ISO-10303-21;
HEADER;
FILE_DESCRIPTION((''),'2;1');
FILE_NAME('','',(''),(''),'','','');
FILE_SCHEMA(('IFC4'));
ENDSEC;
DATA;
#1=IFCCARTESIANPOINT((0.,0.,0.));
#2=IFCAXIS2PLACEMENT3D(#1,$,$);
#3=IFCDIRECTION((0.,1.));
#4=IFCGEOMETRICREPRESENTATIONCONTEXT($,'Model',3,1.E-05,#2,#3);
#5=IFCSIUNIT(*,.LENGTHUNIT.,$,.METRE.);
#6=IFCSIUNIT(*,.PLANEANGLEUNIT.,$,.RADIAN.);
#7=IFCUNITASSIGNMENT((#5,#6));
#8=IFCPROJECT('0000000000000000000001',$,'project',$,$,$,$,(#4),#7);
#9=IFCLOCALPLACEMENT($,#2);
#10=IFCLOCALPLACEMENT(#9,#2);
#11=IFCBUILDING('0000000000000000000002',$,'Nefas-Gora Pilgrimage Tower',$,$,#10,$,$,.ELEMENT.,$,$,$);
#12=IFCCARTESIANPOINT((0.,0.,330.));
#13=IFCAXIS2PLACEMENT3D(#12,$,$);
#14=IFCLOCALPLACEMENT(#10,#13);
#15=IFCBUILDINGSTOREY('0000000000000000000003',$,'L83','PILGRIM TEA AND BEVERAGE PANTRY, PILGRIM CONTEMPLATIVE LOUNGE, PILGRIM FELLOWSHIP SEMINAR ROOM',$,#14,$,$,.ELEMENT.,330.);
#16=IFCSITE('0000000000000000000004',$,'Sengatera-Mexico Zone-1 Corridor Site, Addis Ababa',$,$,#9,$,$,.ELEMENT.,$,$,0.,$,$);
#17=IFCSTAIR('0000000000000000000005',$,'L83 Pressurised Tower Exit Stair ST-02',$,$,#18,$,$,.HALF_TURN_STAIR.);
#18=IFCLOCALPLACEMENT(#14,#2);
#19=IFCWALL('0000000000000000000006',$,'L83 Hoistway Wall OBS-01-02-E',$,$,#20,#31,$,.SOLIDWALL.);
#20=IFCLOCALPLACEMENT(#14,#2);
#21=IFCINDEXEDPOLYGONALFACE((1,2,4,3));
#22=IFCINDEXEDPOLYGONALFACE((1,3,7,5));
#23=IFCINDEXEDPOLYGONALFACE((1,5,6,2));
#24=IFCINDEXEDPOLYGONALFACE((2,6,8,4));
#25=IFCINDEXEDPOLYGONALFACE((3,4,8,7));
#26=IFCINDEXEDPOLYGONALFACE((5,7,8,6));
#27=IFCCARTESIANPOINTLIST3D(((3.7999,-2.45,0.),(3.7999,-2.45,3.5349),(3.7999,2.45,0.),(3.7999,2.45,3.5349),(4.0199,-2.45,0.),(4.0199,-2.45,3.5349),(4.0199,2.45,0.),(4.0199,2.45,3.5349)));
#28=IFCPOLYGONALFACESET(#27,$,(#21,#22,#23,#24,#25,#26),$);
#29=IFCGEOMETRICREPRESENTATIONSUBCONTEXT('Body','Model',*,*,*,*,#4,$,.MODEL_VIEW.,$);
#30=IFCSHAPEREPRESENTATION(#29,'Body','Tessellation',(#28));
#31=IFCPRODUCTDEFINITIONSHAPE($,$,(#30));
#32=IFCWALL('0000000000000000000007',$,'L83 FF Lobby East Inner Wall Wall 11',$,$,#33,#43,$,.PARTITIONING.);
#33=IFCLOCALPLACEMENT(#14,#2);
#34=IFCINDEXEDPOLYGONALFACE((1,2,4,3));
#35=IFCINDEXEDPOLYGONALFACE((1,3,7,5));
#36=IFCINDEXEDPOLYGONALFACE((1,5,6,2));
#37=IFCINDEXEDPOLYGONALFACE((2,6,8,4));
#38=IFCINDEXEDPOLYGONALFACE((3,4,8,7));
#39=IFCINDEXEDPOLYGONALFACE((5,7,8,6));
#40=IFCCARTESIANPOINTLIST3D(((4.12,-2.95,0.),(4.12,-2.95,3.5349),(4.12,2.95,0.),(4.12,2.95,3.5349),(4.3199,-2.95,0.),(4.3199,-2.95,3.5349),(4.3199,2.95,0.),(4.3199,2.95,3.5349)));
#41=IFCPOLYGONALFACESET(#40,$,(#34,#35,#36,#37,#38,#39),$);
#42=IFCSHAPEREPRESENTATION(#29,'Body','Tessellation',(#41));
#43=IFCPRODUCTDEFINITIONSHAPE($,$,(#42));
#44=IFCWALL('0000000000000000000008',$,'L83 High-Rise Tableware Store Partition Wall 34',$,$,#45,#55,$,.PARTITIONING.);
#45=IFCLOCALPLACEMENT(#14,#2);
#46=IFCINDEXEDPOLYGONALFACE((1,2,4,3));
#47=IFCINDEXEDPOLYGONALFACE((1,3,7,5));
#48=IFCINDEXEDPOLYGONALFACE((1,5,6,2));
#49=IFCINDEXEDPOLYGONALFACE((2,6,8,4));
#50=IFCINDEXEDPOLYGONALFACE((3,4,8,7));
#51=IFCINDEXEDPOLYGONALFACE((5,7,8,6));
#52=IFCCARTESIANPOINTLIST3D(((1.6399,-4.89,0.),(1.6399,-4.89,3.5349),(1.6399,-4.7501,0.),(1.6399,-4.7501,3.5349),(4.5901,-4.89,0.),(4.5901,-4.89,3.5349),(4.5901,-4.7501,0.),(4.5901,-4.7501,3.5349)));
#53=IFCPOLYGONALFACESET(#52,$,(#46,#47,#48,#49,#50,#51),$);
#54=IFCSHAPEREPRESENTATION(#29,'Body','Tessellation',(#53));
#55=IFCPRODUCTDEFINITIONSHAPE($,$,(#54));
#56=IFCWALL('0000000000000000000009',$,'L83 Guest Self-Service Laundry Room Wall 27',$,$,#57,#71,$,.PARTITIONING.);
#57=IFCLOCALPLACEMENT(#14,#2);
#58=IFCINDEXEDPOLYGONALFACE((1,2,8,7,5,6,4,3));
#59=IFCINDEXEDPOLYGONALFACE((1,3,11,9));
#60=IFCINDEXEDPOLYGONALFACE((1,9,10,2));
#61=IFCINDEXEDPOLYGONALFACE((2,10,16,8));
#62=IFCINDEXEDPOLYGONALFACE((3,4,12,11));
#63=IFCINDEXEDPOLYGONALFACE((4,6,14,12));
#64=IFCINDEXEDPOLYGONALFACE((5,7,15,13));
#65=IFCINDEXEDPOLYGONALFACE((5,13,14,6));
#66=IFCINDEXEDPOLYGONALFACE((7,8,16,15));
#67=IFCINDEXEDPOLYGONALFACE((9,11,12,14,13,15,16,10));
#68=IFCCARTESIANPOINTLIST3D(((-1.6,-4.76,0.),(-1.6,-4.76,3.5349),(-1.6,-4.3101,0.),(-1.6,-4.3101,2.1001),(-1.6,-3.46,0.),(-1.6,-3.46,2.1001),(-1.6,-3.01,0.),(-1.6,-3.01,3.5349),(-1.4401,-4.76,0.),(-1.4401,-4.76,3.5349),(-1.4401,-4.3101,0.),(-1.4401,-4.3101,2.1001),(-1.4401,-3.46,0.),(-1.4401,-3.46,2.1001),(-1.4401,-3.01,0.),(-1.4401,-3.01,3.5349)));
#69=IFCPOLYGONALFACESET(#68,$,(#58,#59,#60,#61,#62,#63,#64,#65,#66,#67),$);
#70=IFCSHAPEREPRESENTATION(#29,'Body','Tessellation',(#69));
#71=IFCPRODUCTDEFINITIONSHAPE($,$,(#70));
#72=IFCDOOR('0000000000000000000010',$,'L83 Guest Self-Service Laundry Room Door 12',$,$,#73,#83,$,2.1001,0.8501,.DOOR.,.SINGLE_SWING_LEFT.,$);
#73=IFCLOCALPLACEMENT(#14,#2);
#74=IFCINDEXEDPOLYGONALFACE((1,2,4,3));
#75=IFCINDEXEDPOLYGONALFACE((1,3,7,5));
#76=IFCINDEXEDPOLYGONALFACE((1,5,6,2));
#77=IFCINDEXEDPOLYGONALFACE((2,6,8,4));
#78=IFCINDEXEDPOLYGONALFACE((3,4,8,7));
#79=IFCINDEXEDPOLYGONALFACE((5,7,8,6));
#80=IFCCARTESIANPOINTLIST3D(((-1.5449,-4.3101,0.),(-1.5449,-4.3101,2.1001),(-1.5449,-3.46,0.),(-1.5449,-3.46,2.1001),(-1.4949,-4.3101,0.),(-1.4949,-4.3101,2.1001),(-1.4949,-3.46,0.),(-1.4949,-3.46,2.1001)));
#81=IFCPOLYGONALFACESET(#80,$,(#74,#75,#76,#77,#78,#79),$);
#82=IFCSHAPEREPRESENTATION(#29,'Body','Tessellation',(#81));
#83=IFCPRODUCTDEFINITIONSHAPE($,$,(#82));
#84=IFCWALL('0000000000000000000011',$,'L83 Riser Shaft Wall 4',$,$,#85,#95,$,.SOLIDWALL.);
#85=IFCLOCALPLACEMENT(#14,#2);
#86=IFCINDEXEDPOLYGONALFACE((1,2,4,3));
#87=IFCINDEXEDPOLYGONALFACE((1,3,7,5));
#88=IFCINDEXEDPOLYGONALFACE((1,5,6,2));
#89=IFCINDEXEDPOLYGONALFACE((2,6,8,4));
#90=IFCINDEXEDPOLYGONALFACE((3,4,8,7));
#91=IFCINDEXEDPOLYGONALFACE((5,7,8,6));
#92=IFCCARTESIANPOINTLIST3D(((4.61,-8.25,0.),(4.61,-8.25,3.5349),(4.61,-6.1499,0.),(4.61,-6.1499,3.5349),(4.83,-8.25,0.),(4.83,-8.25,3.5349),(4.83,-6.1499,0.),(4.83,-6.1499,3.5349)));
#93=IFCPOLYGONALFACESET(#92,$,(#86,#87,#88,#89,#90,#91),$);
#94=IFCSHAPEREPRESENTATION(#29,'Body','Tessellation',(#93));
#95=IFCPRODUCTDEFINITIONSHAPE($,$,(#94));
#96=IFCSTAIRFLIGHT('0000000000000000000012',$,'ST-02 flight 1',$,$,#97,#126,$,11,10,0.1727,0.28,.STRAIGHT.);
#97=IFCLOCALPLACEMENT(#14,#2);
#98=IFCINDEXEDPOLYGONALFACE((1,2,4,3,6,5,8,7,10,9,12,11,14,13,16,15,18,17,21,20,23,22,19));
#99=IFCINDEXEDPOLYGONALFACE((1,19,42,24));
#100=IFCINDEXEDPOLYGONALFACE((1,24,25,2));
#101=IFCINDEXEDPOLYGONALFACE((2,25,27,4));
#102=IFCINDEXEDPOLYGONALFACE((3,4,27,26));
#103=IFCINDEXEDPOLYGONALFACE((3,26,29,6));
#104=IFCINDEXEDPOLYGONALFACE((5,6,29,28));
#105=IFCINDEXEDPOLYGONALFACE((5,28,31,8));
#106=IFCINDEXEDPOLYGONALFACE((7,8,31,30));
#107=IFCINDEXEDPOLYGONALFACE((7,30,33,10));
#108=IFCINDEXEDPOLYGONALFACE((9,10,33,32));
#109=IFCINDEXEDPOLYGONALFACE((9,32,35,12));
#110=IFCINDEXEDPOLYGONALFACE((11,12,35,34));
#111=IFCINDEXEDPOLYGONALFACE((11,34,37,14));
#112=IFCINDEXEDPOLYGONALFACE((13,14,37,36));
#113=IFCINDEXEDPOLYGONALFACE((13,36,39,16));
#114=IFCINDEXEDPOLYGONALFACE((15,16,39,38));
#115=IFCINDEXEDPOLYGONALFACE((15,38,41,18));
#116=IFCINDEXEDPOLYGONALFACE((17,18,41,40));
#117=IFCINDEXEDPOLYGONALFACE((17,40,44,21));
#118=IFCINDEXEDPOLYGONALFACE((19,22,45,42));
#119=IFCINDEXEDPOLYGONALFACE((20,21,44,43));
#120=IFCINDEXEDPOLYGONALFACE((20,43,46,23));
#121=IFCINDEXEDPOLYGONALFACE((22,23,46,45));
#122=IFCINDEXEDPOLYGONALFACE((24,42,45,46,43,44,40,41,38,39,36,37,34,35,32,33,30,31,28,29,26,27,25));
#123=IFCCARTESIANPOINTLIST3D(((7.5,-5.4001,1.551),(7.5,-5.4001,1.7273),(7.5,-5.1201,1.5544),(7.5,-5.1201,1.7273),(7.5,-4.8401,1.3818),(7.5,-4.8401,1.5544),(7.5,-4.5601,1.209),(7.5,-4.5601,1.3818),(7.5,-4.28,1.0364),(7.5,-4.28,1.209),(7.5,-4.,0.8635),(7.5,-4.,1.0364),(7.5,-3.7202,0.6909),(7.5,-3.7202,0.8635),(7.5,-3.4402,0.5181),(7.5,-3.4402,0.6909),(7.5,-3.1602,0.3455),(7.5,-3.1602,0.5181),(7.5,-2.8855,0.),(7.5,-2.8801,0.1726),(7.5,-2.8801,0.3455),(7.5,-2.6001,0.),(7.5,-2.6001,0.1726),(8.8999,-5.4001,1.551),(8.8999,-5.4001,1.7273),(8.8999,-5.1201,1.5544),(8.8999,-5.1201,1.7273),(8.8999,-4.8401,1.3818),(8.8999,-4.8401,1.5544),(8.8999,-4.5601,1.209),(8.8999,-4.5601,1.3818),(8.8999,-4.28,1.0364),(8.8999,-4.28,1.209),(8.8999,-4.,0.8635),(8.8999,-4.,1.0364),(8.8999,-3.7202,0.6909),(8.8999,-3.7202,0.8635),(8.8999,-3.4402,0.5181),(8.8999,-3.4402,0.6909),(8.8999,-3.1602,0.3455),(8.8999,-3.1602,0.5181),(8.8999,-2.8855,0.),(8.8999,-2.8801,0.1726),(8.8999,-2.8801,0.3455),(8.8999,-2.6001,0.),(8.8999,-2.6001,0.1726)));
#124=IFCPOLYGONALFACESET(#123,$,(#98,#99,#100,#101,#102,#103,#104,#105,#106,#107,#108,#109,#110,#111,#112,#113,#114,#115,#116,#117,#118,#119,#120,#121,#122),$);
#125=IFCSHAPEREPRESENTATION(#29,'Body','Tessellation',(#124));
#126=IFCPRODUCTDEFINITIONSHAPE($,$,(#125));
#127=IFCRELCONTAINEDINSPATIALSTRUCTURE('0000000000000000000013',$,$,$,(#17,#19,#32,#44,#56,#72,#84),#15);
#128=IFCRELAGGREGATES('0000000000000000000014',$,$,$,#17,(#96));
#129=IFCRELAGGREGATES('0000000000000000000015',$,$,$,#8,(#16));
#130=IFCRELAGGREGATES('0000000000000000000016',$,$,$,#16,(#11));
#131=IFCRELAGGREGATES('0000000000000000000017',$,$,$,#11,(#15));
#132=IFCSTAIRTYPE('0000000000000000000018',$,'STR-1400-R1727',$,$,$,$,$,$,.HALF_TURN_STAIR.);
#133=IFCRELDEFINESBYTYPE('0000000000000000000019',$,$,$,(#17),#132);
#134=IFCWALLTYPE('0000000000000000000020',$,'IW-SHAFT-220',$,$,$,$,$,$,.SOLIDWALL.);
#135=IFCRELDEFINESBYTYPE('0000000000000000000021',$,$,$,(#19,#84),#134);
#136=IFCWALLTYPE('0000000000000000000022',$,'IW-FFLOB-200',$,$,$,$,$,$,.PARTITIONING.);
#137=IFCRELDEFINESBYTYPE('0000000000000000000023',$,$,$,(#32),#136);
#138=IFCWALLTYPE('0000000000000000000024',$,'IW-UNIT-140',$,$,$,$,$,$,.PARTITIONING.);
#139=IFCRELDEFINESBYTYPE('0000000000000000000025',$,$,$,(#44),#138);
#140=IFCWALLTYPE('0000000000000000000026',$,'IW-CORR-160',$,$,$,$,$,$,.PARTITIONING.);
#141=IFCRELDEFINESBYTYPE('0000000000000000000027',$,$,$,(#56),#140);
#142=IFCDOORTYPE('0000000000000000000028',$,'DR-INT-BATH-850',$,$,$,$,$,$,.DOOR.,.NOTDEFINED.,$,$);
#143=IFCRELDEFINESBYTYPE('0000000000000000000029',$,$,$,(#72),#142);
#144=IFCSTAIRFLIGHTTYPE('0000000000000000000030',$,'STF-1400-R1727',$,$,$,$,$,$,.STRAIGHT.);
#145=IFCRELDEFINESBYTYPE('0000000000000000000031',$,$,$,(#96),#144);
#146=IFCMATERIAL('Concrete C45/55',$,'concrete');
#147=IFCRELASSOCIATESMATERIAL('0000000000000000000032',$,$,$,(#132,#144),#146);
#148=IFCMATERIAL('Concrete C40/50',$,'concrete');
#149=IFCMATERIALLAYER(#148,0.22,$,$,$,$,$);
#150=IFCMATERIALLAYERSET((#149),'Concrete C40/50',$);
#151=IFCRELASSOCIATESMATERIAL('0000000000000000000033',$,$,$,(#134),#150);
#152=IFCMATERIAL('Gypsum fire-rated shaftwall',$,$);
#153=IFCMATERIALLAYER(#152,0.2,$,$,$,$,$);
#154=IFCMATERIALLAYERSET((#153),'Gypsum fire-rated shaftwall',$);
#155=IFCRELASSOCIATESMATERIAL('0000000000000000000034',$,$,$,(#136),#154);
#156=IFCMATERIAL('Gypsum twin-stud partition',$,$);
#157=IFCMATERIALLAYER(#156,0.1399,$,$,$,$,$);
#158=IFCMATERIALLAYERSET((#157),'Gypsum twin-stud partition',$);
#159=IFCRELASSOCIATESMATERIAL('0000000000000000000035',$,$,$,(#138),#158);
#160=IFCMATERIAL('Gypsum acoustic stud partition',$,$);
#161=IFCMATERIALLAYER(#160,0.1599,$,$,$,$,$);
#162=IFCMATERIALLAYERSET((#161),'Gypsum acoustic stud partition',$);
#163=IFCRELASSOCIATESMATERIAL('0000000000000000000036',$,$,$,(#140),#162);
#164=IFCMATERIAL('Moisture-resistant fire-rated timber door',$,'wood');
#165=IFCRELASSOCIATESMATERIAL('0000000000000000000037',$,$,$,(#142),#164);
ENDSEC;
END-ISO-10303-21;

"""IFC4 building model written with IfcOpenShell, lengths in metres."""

from ifc_helpers import new_model, si_unit, direction, frame, frame_2d, origin, place, context, subcontext, project, spatial, polyline, rectangle, outline, extrude, source, transform, mapped, material, layer, layer_set, type_object, element, fill, aggregate, save


model = new_model("IFC4")

# Units and contexts
model_context = context("Model", 3, precision=1e-05, world=origin(), true_north=direction((0.0, 1.0)))
body_context = subcontext(model_context, "Body", "Model", "MODEL_VIEW")
ifc_project = project(units=[si_unit("LENGTHUNIT", "METRE"), si_unit("PLANEANGLEUNIT", "RADIAN")], contexts=[model_context])

# Site, building, storey
site_placement = place(None, origin())
site = spatial("IfcSite", under=ifc_project, at=site_placement, Name="Sengatera-Mexico Zone-1 Corridor Site, Addis Ababa", CompositionType="ELEMENT", RefElevation=0.0)
building_placement = place(site_placement, origin())
building = spatial("IfcBuilding", under=site, at=building_placement, Name="Nefas-Gora Pilgrimage Tower", CompositionType="ELEMENT")
storey_placement = place(building_placement, frame((0.0, 0.0, 330.0)))
storey = spatial("IfcBuildingStorey", under=building, at=storey_placement, Name="L83", Description="PILGRIM TEA AND BEVERAGE PANTRY, PILGRIM CONTEMPLATIVE LOUNGE, PILGRIM FELLOWSHIP SEMINAR ROOM", CompositionType="ELEMENT", Elevation=330.0)

# Shared definitions
ifc_material_1 = material(Name="Concrete C40/50", Category="concrete")

# Stair
ifc_material_2 = material(Name="Concrete C45/55", Category="concrete")
stair_type = type_object("IfcStairType", Name="STR-1400-R1727", PredefinedType="HALF_TURN_STAIR", material=ifc_material_2)
stair_1_placement = place(storey_placement, origin())
stair_1 = element("IfcStair", 1, at=stair_1_placement, inside=storey, type_object=stair_type, Name="L83 Pressurised Tower Exit Stair ST-02", PredefinedType="HALF_TURN_STAIR")

# Shared definitions
ifc_layer_1 = layer(ifc_material_1, 0.22)
ifc_layer_set_1 = layer_set([ifc_layer_1], Name="Concrete C40/50")
wall_type_1 = type_object("IfcWallType", Name="IW-SHAFT-220", PredefinedType="SOLIDWALL", material=ifc_layer_set_1)

# Walls
shared_shape_1 = source(origin(), body_context, "Body", "SweptSolid", [
    extrude(rectangle(XDim=4.8999, YDim=0.22, at=frame_2d((2.45, 0.0))), origin(), (0.0, 0.0, 1.0), 3.5349),
])
wall_1_placement = place(storey_placement, frame((3.9099, -2.45, 0.0), z_axis=(0.0, 0.0, 1.0), x_axis=(0.0, 1.0, 0.0)))
element("IfcWall", 2, at=wall_1_placement, inside=storey, type_object=wall_type_1, Name="L83 Hoistway Wall OBS-01-02-E", PredefinedType="SOLIDWALL", context=body_context, shape_type="MappedRepresentation", body=[
    mapped(shared_shape_1, transform((0.0, 0.0, 0.0), x_axis=(1.0, 0.0, 0.0), y_axis=(0.0, 1.0, 0.0), z_axis=(0.0, 0.0, 1.0), scale=1.0)),
])
ifc_material_3 = material(Name="Gypsum fire-rated shaftwall")
ifc_layer_2 = layer(ifc_material_3, 0.2)
ifc_layer_set_2 = layer_set([ifc_layer_2], Name="Gypsum fire-rated shaftwall")
wall_type_2 = type_object("IfcWallType", Name="IW-FFLOB-200", PredefinedType="PARTITIONING", material=ifc_layer_set_2)
shared_shape_2 = source(origin(), body_context, "Body", "SweptSolid", [
    extrude(rectangle(XDim=5.8999, YDim=0.2, at=frame_2d((2.95, 0.0))), origin(), (0.0, 0.0, 1.0), 3.5349),
])
wall_2_placement = place(storey_placement, frame((4.22, -2.95, 0.0), z_axis=(0.0, 0.0, 1.0), x_axis=(0.0, 1.0, 0.0)))
element("IfcWall", 3, at=wall_2_placement, inside=storey, type_object=wall_type_2, Name="L83 FF Lobby East Inner Wall Wall 11", PredefinedType="PARTITIONING", context=body_context, shape_type="MappedRepresentation", body=[
    mapped(shared_shape_2, transform((0.0, 0.0, 0.0), x_axis=(1.0, 0.0, 0.0), y_axis=(0.0, 1.0, 0.0), z_axis=(0.0, 0.0, 1.0), scale=1.0)),
])
ifc_material_4 = material(Name="Gypsum twin-stud partition")
ifc_layer_3 = layer(ifc_material_4, 0.1399)
ifc_layer_set_3 = layer_set([ifc_layer_3], Name="Gypsum twin-stud partition")
wall_type_3 = type_object("IfcWallType", Name="IW-UNIT-140", PredefinedType="PARTITIONING", material=ifc_layer_set_3)
shared_shape_3 = source(origin(), body_context, "Body", "SweptSolid", [
    extrude(rectangle(XDim=2.9502, YDim=0.1399, at=frame_2d((1.4751, 0.0))), origin(), (0.0, 0.0, 1.0), 3.5349),
])
wall_3_placement = place(storey_placement, frame((1.6399, -4.8201, 0.0), z_axis=(0.0, 0.0, 1.0), x_axis=(1.0, 0.0, 0.0)))
element("IfcWall", 4, at=wall_3_placement, inside=storey, type_object=wall_type_3, Name="L83 High-Rise Tableware Store Partition Wall 34", PredefinedType="PARTITIONING", context=body_context, shape_type="MappedRepresentation", body=[
    mapped(shared_shape_3, transform((0.0, 0.0, 0.0), x_axis=(1.0, 0.0, 0.0), y_axis=(0.0, 1.0, 0.0), z_axis=(0.0, 0.0, 1.0), scale=1.0)),
])

# Wall, opening, door
ifc_material_5 = material(Name="Gypsum acoustic stud partition")
ifc_layer_4 = layer(ifc_material_5, 0.1599)
ifc_layer_set_4 = layer_set([ifc_layer_4], Name="Gypsum acoustic stud partition")
wall_type_4 = type_object("IfcWallType", Name="IW-CORR-160", PredefinedType="PARTITIONING", material=ifc_layer_set_4)
shared_shape_4 = source(origin(), body_context, "Body", "SweptSolid", [
    extrude(rectangle(XDim=1.75, YDim=0.1599, at=frame_2d((0.875, 0.0))), origin(), (0.0, 0.0, 1.0), 3.5349),
])
wall_4_placement = place(storey_placement, frame((-1.52, -4.76, 0.0), z_axis=(0.0, 0.0, 1.0), x_axis=(0.0, 1.0, 0.0)))
wall_4 = element("IfcWall", 5, at=wall_4_placement, inside=storey, type_object=wall_type_4, Name="L83 Guest Self-Service Laundry Room Wall 27", PredefinedType="PARTITIONING", context=body_context, shape_type="MappedRepresentation", body=[
    mapped(shared_shape_4, transform((0.0, 0.0, 0.0), x_axis=(1.0, 0.0, 0.0), y_axis=(0.0, 1.0, 0.0), z_axis=(0.0, 0.0, 1.0), scale=1.0)),
])
opening_1_placement = place(wall_4_placement, frame((0.45, 0.0, 0.0)))
opening_1 = element("IfcOpeningElement", 6, at=opening_1_placement, cuts=wall_4, PredefinedType="OPENING", context=body_context, shape_type="SweptSolid", body=[
    extrude(rectangle(XDim=0.8501, YDim=2.1001, at=frame_2d((0.425, 1.05))), frame((0.0, 0.0898, 0.0), z_axis=(0.0, -1.0, 0.0), x_axis=(1.0, 0.0, 0.0)), (0.0, 0.0, 1.0), 0.1799),
])
ifc_material_6 = material(Name="Moisture-resistant fire-rated timber door", Category="wood")
door_type_1 = type_object("IfcDoorType", Name="DR-INT-BATH-850", OperationType="NOTDEFINED", PredefinedType="DOOR", material=ifc_material_6)
shared_shape_5 = source(origin(), body_context, "Body", "SweptSolid", [
    extrude(rectangle(XDim=0.8501, YDim=2.1001, at=frame_2d((0.425, 1.05))), frame((0.0, 0.0249, 0.0), z_axis=(0.0, -1.0, 0.0), x_axis=(1.0, 0.0, 0.0)), (0.0, 0.0, 1.0), 0.05),
])
door_1_placement = place(opening_1_placement, origin())
door_1 = element("IfcDoor", 7, at=door_1_placement, inside=storey, type_object=door_type_1, Name="L83 Guest Self-Service Laundry Room Door 12", OperationType="SINGLE_SWING_LEFT", OverallHeight=2.1001, OverallWidth=0.8501, PredefinedType="DOOR", context=body_context, shape_type="MappedRepresentation", body=[
    mapped(shared_shape_5, transform((0.0, 0.0, 0.0), x_axis=(1.0, 0.0, 0.0), y_axis=(0.0, 1.0, 0.0), z_axis=(0.0, 0.0, 1.0), scale=1.0)),
])
fill(opening_1, door_1)

# Wall
shared_shape_6 = source(origin(), body_context, "Body", "SweptSolid", [
    extrude(rectangle(XDim=2.1001, YDim=0.22, at=frame_2d((1.05, 0.0))), origin(), (0.0, 0.0, 1.0), 3.5349),
])
wall_5_placement = place(storey_placement, frame((4.72, -8.25, 0.0), z_axis=(0.0, 0.0, 1.0), x_axis=(0.0, 1.0, 0.0)))
element("IfcWall", 8, at=wall_5_placement, inside=storey, type_object=wall_type_1, Name="L83 Riser Shaft Wall 4", PredefinedType="SOLIDWALL", context=body_context, shape_type="MappedRepresentation", body=[
    mapped(shared_shape_6, transform((0.0, 0.0, 0.0), x_axis=(1.0, 0.0, 0.0), y_axis=(0.0, 1.0, 0.0), z_axis=(0.0, 0.0, 1.0), scale=1.0)),
])

# Stair flight
stair_flight_type = type_object("IfcStairFlightType", Name="STF-1400-R1727", PredefinedType="STRAIGHT", material=ifc_material_2)
shared_shape_7 = source(origin(), body_context, "Body", "SweptSolid", [
    extrude(outline(polyline([(0.0, 0.0), (0.0, 0.1726), (0.28, 0.1726), (0.28, 0.3455), (0.5601, 0.3455), (0.5601, 0.5181), (0.8401, 0.5181), (0.8401, 0.6909), (1.1201, 0.6909), (1.1201, 0.8635), (1.3999, 0.8635), (1.3999, 1.0364), (1.6799, 1.0364), (1.6799, 1.209), (1.96, 1.209), (1.96, 1.3818), (2.24, 1.3818), (2.24, 1.5544), (2.52, 1.5544), (2.52, 1.7273), (2.8, 1.7273), (2.8, 1.8999), (2.8, 1.551), (0.2854, 0.0), (0.0, 0.0)])), frame((0.0, 0.7, 0.0), z_axis=(0.0, -1.0, 0.0), x_axis=(1.0, 0.0, 0.0)), (0.0, 0.0, 1.0), 1.3999),
])
stair_flight_placement = place(storey_placement, frame((8.2, -2.6001, 0.0), z_axis=(0.0, 0.0, 1.0), x_axis=(0.0, -1.0, 0.0)))
stair_flight = element("IfcStairFlight", 9, at=stair_flight_placement, type_object=stair_flight_type, Name="ST-02 flight 1", NumberOfRisers=11, NumberOfTreads=10, PredefinedType="STRAIGHT", RiserHeight=0.1727, TreadLength=0.28, context=body_context, shape_type="MappedRepresentation", body=[
    mapped(shared_shape_7, transform((0.0, 0.0, 0.0), x_axis=(1.0, 0.0, 0.0), y_axis=(0.0, 1.0, 0.0), z_axis=(0.0, 0.0, 1.0), scale=1.0)),
])
aggregate(stair_1, [stair_flight])

save(model, "model.ifc")
